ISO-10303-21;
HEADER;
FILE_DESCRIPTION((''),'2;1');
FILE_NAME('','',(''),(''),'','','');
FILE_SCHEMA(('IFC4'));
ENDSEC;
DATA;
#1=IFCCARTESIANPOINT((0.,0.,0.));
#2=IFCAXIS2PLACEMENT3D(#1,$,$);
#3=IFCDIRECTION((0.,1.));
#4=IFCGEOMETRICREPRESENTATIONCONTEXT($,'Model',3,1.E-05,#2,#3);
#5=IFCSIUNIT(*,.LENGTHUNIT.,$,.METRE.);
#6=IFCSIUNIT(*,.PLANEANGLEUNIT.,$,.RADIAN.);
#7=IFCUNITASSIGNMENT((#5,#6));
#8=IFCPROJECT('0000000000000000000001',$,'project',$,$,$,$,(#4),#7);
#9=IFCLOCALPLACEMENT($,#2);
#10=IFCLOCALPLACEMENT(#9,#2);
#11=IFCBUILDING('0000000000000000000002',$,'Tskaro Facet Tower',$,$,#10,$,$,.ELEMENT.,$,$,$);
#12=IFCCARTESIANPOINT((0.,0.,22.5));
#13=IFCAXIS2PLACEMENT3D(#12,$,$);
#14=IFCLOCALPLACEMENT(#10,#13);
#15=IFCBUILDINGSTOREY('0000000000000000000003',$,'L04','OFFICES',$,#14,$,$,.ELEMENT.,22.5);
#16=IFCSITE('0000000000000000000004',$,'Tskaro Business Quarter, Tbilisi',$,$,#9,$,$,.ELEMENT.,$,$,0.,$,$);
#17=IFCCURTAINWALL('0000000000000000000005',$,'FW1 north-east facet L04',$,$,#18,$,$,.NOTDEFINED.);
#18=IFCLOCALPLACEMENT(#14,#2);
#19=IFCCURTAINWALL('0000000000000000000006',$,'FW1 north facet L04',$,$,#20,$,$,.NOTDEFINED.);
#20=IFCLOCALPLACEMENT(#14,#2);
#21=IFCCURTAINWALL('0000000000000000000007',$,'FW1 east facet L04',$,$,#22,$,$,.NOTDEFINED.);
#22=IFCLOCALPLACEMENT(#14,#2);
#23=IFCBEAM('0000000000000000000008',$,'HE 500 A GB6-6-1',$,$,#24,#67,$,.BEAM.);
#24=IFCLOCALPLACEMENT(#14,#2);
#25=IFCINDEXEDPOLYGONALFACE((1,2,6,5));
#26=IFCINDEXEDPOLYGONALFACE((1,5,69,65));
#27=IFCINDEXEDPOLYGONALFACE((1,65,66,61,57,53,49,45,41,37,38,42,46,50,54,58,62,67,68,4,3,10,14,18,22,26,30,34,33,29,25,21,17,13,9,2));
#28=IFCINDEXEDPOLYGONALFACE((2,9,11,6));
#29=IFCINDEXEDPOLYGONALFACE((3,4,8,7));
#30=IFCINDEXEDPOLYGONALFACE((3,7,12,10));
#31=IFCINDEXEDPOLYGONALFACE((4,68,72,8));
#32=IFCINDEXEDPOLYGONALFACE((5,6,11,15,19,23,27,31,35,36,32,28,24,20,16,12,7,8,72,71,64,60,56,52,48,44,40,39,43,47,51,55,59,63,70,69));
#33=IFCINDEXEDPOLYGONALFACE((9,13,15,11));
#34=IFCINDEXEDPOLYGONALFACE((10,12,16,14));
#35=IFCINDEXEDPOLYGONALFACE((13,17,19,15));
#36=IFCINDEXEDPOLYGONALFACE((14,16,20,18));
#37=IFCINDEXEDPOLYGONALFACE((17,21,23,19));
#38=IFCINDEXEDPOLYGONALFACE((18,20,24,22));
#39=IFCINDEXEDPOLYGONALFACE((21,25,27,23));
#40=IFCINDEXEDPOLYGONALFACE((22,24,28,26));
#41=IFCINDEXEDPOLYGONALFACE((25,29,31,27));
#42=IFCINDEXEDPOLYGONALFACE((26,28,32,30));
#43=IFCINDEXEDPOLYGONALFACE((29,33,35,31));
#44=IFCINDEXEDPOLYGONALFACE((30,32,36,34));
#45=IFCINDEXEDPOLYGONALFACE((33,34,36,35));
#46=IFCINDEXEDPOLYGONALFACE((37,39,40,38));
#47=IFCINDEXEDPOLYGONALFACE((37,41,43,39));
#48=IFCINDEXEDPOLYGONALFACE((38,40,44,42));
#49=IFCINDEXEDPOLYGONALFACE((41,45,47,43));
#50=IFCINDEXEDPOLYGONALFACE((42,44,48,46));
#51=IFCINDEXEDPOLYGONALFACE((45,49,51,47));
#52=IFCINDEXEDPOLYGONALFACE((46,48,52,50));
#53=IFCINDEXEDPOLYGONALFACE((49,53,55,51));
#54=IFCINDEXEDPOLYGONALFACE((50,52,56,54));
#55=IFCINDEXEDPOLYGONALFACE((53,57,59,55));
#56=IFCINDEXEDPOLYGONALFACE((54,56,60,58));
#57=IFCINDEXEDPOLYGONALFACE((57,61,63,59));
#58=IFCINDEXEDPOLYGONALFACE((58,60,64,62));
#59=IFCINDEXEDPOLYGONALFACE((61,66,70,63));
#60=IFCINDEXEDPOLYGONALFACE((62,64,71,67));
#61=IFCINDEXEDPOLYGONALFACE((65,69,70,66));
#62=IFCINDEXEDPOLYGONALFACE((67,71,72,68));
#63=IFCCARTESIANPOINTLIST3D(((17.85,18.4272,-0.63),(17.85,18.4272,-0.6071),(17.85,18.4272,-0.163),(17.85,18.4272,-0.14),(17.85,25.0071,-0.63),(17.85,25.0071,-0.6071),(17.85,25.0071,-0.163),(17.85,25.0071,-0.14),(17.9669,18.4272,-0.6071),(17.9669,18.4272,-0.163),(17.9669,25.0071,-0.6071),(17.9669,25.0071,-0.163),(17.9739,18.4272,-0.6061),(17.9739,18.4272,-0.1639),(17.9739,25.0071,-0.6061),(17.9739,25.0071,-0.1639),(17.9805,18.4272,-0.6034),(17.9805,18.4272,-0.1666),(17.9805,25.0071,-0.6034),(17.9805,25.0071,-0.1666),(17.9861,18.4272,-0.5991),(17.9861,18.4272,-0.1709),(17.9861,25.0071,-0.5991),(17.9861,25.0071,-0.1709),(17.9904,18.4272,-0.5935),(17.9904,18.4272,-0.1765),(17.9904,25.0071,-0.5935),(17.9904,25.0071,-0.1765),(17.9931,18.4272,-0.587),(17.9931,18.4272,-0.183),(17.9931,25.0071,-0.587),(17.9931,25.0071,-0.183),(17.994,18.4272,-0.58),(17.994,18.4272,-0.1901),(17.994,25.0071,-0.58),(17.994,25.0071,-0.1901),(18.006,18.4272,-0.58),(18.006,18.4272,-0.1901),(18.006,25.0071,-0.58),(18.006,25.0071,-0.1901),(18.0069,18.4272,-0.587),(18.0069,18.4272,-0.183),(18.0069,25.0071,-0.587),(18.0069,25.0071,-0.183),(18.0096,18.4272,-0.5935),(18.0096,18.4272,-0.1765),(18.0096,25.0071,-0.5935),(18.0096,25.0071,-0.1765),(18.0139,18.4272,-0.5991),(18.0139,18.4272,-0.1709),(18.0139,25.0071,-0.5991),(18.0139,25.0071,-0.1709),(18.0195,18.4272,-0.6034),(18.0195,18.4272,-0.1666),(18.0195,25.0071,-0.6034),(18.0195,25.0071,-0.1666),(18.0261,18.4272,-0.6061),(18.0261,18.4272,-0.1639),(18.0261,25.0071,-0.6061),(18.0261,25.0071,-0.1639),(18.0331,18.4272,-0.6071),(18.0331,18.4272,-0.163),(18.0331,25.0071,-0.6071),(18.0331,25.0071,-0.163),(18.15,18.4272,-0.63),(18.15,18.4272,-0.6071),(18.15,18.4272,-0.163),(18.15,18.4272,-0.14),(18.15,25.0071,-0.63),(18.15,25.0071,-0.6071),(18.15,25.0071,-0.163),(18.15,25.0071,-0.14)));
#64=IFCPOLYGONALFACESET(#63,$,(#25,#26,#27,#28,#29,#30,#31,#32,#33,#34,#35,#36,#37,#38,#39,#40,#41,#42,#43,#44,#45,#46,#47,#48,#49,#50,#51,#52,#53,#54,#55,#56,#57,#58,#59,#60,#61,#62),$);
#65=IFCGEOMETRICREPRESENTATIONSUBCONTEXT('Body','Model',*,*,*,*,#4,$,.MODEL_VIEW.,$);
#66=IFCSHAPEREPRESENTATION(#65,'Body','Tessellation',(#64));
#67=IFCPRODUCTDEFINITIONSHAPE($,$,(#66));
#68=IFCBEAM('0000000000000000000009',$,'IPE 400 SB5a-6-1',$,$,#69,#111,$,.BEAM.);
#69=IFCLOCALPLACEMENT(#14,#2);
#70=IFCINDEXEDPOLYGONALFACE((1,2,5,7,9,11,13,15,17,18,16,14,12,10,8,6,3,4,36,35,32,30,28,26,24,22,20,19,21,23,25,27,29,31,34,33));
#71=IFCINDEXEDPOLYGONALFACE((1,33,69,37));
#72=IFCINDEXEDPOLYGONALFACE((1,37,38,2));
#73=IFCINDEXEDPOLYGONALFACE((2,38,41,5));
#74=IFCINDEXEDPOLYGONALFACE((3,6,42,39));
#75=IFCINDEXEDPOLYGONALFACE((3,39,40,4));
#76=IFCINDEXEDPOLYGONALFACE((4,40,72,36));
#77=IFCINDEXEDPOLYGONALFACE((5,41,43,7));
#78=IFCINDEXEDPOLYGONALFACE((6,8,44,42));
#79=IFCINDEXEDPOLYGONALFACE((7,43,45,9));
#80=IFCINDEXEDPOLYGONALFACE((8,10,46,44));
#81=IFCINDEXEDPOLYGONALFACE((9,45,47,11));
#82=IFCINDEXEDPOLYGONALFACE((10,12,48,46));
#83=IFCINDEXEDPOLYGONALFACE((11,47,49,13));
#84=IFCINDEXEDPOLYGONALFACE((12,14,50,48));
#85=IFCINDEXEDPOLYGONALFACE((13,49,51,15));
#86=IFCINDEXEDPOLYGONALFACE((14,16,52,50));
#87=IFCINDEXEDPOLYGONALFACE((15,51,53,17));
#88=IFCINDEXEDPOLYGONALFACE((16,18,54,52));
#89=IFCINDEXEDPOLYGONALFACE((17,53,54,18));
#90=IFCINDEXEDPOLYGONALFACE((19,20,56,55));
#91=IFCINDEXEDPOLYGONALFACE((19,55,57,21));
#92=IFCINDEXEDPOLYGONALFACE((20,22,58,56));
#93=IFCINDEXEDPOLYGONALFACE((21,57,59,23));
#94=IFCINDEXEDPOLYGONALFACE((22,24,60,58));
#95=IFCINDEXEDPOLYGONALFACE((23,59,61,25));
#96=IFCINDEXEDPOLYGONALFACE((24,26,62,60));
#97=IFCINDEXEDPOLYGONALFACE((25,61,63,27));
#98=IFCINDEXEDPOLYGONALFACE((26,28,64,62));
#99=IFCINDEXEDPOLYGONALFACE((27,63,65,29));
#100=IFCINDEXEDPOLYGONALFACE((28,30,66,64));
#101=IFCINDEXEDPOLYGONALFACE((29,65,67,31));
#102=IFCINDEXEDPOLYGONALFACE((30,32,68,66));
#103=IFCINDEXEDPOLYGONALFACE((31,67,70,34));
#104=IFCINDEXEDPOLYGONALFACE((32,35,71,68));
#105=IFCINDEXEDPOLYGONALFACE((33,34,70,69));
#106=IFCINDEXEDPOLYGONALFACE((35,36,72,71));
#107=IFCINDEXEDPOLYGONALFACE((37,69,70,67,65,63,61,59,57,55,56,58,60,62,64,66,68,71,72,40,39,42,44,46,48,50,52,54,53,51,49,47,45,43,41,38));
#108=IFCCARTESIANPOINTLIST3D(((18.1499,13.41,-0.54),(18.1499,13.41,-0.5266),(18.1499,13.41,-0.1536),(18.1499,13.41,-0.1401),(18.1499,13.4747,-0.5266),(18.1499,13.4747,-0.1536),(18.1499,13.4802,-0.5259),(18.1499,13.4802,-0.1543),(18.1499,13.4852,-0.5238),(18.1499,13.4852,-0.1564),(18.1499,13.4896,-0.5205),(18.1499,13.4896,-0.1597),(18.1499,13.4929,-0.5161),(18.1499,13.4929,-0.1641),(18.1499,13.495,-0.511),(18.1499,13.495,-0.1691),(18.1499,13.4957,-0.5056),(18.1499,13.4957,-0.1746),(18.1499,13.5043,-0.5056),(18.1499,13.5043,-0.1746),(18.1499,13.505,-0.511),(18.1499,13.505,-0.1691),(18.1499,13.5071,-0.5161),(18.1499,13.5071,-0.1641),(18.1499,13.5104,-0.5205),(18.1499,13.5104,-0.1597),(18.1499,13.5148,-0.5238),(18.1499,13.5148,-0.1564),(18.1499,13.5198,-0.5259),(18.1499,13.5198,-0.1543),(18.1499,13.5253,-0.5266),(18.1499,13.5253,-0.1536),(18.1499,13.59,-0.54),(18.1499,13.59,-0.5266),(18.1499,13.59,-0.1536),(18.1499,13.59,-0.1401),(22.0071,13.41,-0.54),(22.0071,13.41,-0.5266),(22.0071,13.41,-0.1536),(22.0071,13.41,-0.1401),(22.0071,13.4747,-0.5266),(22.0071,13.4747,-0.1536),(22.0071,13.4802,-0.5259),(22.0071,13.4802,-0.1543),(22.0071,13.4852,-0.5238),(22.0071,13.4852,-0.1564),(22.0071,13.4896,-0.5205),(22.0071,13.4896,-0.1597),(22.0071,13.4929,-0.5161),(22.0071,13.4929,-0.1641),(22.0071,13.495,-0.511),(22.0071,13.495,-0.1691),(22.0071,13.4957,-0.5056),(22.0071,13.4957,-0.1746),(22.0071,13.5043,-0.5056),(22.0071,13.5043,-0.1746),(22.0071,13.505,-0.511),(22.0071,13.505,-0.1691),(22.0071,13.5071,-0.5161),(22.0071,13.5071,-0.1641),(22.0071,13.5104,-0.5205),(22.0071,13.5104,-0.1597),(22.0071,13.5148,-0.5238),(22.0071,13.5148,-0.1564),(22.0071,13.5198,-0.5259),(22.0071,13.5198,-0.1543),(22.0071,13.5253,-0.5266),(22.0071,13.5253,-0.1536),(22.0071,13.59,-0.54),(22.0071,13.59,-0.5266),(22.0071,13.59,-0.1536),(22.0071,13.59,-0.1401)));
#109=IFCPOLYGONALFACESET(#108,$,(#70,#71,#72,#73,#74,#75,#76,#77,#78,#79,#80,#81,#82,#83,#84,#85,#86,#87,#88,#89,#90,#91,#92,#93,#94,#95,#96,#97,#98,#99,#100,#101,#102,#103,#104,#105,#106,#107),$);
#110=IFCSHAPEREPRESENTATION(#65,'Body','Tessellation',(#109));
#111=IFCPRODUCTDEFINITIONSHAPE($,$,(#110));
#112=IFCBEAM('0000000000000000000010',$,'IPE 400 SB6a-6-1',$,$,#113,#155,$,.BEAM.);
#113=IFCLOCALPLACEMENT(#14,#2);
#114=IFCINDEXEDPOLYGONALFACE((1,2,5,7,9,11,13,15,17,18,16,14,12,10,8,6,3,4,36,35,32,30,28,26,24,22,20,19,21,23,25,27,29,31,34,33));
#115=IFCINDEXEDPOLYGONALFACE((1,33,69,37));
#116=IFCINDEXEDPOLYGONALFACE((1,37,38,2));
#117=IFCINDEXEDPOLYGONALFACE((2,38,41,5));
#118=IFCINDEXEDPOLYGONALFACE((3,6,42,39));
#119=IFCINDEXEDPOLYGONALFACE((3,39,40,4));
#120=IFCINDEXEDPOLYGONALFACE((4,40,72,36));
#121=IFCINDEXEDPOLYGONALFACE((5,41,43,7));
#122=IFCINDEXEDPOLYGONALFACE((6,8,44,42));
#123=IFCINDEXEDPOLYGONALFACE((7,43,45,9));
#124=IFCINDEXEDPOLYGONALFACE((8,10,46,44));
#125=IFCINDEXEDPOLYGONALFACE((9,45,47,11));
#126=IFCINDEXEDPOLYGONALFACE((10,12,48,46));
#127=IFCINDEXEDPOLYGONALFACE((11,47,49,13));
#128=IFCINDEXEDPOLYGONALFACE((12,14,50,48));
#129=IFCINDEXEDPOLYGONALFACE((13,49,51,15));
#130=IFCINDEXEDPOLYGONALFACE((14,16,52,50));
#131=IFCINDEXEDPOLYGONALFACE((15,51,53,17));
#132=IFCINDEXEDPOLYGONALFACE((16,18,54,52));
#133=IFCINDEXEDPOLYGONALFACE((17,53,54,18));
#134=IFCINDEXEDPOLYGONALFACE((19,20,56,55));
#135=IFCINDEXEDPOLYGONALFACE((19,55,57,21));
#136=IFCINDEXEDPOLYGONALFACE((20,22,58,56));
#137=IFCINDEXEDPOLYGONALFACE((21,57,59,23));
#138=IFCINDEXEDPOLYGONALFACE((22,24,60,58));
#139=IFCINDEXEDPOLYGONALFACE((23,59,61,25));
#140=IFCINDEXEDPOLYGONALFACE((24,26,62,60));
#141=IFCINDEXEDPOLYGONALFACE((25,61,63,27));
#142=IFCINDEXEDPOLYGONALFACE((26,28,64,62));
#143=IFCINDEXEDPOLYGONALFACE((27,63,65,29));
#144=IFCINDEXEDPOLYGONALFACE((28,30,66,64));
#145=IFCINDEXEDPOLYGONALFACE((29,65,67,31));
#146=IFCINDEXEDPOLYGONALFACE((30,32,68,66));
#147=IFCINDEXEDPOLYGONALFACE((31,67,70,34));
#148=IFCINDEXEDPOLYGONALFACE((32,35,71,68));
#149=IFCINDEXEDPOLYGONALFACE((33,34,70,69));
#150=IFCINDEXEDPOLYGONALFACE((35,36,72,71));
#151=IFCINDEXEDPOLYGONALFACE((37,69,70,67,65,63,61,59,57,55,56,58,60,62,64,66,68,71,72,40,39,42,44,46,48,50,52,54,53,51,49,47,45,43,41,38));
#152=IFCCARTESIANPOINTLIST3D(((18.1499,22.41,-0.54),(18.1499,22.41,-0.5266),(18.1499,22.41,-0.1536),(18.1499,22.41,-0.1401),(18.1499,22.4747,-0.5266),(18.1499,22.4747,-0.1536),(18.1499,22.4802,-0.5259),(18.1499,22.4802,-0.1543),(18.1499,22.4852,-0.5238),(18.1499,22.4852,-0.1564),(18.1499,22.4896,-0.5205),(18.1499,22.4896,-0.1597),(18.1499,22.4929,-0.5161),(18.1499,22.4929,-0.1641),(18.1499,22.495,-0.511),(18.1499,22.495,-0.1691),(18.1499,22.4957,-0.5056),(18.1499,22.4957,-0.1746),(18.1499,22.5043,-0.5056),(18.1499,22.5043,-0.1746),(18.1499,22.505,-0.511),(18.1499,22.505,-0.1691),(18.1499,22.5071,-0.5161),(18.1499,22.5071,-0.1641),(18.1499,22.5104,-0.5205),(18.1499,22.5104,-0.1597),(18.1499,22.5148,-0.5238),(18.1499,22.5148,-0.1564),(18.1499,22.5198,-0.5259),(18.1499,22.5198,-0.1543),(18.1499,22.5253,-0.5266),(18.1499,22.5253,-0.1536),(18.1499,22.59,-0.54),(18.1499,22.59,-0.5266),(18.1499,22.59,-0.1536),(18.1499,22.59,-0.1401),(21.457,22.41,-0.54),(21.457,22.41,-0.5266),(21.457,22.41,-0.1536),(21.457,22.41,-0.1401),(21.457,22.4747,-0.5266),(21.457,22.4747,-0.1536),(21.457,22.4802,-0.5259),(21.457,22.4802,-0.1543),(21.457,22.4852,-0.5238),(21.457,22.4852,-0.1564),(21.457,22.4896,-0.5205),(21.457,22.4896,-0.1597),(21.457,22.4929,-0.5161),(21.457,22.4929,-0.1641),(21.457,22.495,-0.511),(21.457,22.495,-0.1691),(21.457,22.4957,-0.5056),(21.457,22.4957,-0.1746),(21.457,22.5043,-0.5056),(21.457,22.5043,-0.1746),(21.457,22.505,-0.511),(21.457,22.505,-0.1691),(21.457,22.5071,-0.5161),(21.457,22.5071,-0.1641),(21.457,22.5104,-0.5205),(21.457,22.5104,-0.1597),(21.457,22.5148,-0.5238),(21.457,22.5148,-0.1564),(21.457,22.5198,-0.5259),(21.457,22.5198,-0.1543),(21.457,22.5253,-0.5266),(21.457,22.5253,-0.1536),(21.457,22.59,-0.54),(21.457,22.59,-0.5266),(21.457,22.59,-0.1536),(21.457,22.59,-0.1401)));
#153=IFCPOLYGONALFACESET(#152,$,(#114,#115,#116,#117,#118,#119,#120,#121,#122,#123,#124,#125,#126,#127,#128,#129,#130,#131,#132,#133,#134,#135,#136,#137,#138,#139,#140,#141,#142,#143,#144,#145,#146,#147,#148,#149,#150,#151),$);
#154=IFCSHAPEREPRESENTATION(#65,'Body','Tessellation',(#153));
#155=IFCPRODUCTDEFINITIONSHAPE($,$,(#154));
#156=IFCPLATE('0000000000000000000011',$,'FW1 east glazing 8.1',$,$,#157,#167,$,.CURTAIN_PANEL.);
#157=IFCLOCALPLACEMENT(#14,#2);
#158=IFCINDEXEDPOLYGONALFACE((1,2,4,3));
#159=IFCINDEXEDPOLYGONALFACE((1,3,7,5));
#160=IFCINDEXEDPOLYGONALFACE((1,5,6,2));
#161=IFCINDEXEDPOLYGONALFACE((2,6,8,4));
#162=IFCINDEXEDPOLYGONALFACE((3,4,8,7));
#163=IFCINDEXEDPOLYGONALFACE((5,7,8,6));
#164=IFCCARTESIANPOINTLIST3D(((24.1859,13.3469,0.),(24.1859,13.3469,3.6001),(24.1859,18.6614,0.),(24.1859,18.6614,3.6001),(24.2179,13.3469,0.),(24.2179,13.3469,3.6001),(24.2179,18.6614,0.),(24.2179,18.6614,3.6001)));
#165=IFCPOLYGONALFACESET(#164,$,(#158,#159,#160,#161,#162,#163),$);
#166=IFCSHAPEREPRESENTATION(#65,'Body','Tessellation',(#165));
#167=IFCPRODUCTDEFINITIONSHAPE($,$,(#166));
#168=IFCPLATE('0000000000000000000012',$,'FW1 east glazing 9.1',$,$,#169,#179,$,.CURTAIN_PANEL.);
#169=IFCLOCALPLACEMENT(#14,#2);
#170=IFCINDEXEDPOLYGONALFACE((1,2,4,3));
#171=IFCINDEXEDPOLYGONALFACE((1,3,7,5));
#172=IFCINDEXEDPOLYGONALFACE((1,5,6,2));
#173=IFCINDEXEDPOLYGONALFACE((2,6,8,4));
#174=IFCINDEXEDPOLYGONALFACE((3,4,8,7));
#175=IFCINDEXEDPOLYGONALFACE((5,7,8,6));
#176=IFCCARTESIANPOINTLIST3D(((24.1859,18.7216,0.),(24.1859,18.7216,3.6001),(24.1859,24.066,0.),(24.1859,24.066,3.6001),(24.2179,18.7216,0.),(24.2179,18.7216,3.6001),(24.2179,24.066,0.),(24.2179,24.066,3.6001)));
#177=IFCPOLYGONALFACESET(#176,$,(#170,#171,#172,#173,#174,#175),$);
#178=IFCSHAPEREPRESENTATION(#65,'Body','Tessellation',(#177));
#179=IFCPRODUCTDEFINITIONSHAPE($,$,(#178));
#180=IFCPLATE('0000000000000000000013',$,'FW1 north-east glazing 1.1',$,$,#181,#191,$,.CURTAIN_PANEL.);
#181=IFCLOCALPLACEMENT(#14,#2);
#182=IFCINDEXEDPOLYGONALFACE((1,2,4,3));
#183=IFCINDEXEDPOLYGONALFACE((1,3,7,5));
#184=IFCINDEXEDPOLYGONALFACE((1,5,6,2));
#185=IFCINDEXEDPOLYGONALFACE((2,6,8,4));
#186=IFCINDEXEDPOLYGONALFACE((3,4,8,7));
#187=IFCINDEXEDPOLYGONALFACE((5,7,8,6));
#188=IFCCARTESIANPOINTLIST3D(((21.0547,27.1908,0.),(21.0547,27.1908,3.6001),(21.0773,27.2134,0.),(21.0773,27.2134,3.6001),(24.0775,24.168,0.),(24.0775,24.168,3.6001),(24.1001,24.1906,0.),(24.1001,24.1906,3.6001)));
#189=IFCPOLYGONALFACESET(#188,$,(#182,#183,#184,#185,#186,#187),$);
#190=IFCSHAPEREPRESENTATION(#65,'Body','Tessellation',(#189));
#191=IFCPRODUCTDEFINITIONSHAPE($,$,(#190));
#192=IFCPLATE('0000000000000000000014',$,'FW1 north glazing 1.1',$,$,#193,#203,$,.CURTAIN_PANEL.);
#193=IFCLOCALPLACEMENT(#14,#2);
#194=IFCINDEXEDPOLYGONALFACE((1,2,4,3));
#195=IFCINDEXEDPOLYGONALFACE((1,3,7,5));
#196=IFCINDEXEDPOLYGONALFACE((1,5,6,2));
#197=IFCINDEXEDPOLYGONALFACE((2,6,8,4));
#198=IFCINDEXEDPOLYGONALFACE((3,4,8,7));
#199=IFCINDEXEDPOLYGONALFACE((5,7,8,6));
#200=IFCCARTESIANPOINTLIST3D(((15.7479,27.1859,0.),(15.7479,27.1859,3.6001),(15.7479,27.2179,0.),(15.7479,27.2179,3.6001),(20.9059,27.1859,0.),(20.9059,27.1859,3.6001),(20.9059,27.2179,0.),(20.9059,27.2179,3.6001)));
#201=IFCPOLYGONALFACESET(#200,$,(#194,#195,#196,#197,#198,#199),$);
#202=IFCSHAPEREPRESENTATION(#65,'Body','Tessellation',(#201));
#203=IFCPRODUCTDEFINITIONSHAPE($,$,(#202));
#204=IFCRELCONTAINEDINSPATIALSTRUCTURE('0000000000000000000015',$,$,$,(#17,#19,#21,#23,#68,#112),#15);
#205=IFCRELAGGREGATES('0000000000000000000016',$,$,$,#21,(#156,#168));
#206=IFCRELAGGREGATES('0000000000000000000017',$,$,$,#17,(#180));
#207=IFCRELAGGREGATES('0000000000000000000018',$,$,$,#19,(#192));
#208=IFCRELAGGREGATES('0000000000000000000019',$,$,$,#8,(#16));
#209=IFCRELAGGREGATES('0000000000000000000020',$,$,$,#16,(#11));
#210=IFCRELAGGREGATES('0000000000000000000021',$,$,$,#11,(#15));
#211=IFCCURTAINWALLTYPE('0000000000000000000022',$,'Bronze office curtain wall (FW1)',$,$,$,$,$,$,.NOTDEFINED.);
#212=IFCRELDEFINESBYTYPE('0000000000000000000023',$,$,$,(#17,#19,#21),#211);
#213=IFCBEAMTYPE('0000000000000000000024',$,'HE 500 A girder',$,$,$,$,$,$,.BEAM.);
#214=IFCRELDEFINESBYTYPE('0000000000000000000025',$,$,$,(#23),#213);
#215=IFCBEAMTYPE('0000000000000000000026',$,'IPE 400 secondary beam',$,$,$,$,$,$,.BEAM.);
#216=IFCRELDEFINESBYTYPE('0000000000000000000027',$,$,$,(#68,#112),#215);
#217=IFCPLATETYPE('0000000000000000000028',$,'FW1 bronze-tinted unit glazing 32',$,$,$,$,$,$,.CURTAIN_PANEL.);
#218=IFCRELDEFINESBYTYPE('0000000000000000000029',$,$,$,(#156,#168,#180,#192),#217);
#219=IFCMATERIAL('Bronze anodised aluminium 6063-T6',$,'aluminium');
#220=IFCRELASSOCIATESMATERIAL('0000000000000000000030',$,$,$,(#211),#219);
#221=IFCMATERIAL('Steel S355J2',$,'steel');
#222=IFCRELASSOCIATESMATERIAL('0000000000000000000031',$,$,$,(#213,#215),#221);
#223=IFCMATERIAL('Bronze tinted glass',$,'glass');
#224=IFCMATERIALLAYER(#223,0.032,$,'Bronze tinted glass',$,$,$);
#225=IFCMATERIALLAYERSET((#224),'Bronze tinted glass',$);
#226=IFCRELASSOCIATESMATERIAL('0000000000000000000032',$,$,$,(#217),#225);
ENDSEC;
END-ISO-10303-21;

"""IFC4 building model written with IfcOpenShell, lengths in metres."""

from ifc_helpers import new_model, si_unit, direction, frame, origin, origin_2d, place, context, subcontext, project, spatial, rectangle, i_section, extrude, material, layer, layer_set, material_profile, profile_set, type_object, element, aggregate, save


model = new_model("IFC4")

# Units and contexts
model_context = context("Model", 3, precision=1e-05, world=origin(), true_north=direction((0.0, 1.0)))
body_context = subcontext(model_context, "Body", "Model", "MODEL_VIEW")
ifc_project = project(units=[si_unit("LENGTHUNIT", "METRE"), si_unit("PLANEANGLEUNIT", "RADIAN")], contexts=[model_context])

# Site, building, storey
site_placement = place(None, origin())
site = spatial("IfcSite", under=ifc_project, at=site_placement, Name="Tskaro Business Quarter, Tbilisi", CompositionType="ELEMENT", RefElevation=0.0)
building_placement = place(site_placement, origin())
building = spatial("IfcBuilding", under=site, at=building_placement, Name="Tskaro Facet Tower", CompositionType="ELEMENT")
storey_placement = place(building_placement, frame((0.0, 0.0, 22.5)))
storey = spatial("IfcBuildingStorey", under=building, at=storey_placement, Name="L04", Description="OFFICES", CompositionType="ELEMENT", Elevation=22.5)

# Curtain walls
ifc_material_1 = material(Name="Bronze anodised aluminium 6063-T6", Category="aluminium")
curtain_wall_type = type_object("IfcCurtainWallType", Name="Bronze office curtain wall (FW1)", PredefinedType="NOTDEFINED", material=ifc_material_1)
curtain_wall_1_placement = place(storey_placement, origin())
curtain_wall_1 = element("IfcCurtainWall", 1, at=curtain_wall_1_placement, inside=storey, type_object=curtain_wall_type, Name="FW1 north-east facet L04", PredefinedType="NOTDEFINED")
curtain_wall_2_placement = place(storey_placement, origin())
curtain_wall_2 = element("IfcCurtainWall", 2, at=curtain_wall_2_placement, inside=storey, type_object=curtain_wall_type, Name="FW1 north facet L04", PredefinedType="NOTDEFINED")
curtain_wall_3_placement = place(storey_placement, origin())
curtain_wall_3 = element("IfcCurtainWall", 3, at=curtain_wall_3_placement, inside=storey, type_object=curtain_wall_type, Name="FW1 east facet L04", PredefinedType="NOTDEFINED")

# Beams
ifc_material_2 = material(Name="Steel S355J2", Category="steel")
ifc_material_profile_1 = material_profile(ifc_material_2, i_section(OverallWidth=0.3, OverallDepth=0.49, WebThickness=0.012, FlangeThickness=0.0229, FilletRadius=0.0271, at=origin_2d()), Name="HE 500 A")
ifc_profile_set_1 = profile_set([ifc_material_profile_1], Name="Steel S355J2")
beam_type_1 = type_object("IfcBeamType", Name="HE 500 A girder", PredefinedType="BEAM", material=ifc_profile_set_1)
beam_1_placement = place(storey_placement, frame((18.0, 18.4272, -0.385), z_axis=(0.0, 1.0, 0.0), x_axis=(-1.0, 0.0, 0.0)))
element("IfcBeam", 4, at=beam_1_placement, inside=storey, type_object=beam_type_1, Name="HE 500 A GB6-6-1", PredefinedType="BEAM", context=body_context, shape_type="SweptSolid", body=[
    extrude(i_section(OverallWidth=0.3, OverallDepth=0.49, WebThickness=0.012, FlangeThickness=0.0229, FilletRadius=0.0271, at=origin_2d()), origin(), (0.0, 0.0, 1.0), 6.5798),
])
ifc_material_profile_2 = material_profile(ifc_material_2, i_section(OverallWidth=0.1799, OverallDepth=0.3999, WebThickness=0.0085, FlangeThickness=0.0134, FilletRadius=0.021, at=origin_2d()), Name="IPE 400")
ifc_profile_set_2 = profile_set([ifc_material_profile_2], Name="Steel S355J2")
beam_type_2 = type_object("IfcBeamType", Name="IPE 400 secondary beam", PredefinedType="BEAM", material=ifc_profile_set_2)
beam_2_placement = place(storey_placement, frame((18.1499, 13.5, -0.3401), z_axis=(1.0, 0.0, 0.0), x_axis=(0.0, 1.0, 0.0)))
element("IfcBeam", 5, at=beam_2_placement, inside=storey, type_object=beam_type_2, Name="IPE 400 SB5a-6-1", PredefinedType="BEAM", context=body_context, shape_type="SweptSolid", body=[
    extrude(i_section(OverallWidth=0.1799, OverallDepth=0.3999, WebThickness=0.0085, FlangeThickness=0.0134, FilletRadius=0.021, at=origin_2d()), origin(), (0.0, 0.0, 1.0), 3.8572),
])
beam_3_placement = place(storey_placement, frame((18.1499, 22.5, -0.3401), z_axis=(1.0, 0.0, 0.0), x_axis=(0.0, 1.0, 0.0)))
element("IfcBeam", 6, at=beam_3_placement, inside=storey, type_object=beam_type_2, Name="IPE 400 SB6a-6-1", PredefinedType="BEAM", context=body_context, shape_type="SweptSolid", body=[
    extrude(i_section(OverallWidth=0.1799, OverallDepth=0.3999, WebThickness=0.0085, FlangeThickness=0.0134, FilletRadius=0.021, at=origin_2d()), origin(), (0.0, 0.0, 1.0), 3.3071),
])

# Plates
ifc_material_3 = material(Name="Bronze tinted glass", Category="glass")
ifc_layer_1 = layer(ifc_material_3, 0.032, Name="Bronze tinted glass")
ifc_layer_set_1 = layer_set([ifc_layer_1], Name="Bronze tinted glass")
plate_type = type_object("IfcPlateType", Name="FW1 bronze-tinted unit glazing 32", PredefinedType="CURTAIN_PANEL", material=ifc_layer_set_1)
plate_1_placement = place(storey_placement, frame((24.2019, 16.0042, 0.0), z_axis=(0.0, 0.0, 1.0), x_axis=(0.0, 1.0, 0.0)))
plate_1 = element("IfcPlate", 7, at=plate_1_placement, type_object=plate_type, Name="FW1 east glazing 8.1", PredefinedType="CURTAIN_PANEL", context=body_context, shape_type="SweptSolid", body=[
    extrude(rectangle(XDim=5.3145, YDim=0.032, at=origin_2d()), origin(), (0.0, 0.0, 1.0), 3.6001),
])
plate_2_placement = place(storey_placement, frame((24.2019, 21.3938, 0.0), z_axis=(0.0, 0.0, 1.0), x_axis=(0.0, 1.0, 0.0)))
plate_2 = element("IfcPlate", 8, at=plate_2_placement, type_object=plate_type, Name="FW1 east glazing 9.1", PredefinedType="CURTAIN_PANEL", context=body_context, shape_type="SweptSolid", body=[
    extrude(rectangle(XDim=5.3445, YDim=0.032, at=origin_2d()), origin(), (0.0, 0.0, 1.0), 3.6001),
])
aggregate(curtain_wall_3, [plate_1, plate_2])
plate_3_placement = place(storey_placement, frame((22.5774, 25.6907, 0.0), z_axis=(0.0, 0.0, 1.0), x_axis=(-0.707107, 0.707107, 0.0)))
plate_3 = element("IfcPlate", 9, at=plate_3_placement, type_object=plate_type, Name="FW1 north-east glazing 1.1", PredefinedType="CURTAIN_PANEL", context=body_context, shape_type="SweptSolid", body=[
    extrude(rectangle(XDim=4.2749, YDim=0.032, at=origin_2d()), origin(), (0.0, 0.0, 1.0), 3.6001),
])
aggregate(curtain_wall_1, [plate_3])
plate_4_placement = place(storey_placement, frame((18.3269, 27.2019, 0.0), z_axis=(0.0, 0.0, 1.0), x_axis=(-1.0, 0.0, 0.0)))
plate_4 = element("IfcPlate", 10, at=plate_4_placement, type_object=plate_type, Name="FW1 north glazing 1.1", PredefinedType="CURTAIN_PANEL", context=body_context, shape_type="SweptSolid", body=[
    extrude(rectangle(XDim=5.158, YDim=0.032, at=origin_2d()), origin(), (0.0, 0.0, 1.0), 3.6001),
])
aggregate(curtain_wall_2, [plate_4])

save(model, "model.ifc")
